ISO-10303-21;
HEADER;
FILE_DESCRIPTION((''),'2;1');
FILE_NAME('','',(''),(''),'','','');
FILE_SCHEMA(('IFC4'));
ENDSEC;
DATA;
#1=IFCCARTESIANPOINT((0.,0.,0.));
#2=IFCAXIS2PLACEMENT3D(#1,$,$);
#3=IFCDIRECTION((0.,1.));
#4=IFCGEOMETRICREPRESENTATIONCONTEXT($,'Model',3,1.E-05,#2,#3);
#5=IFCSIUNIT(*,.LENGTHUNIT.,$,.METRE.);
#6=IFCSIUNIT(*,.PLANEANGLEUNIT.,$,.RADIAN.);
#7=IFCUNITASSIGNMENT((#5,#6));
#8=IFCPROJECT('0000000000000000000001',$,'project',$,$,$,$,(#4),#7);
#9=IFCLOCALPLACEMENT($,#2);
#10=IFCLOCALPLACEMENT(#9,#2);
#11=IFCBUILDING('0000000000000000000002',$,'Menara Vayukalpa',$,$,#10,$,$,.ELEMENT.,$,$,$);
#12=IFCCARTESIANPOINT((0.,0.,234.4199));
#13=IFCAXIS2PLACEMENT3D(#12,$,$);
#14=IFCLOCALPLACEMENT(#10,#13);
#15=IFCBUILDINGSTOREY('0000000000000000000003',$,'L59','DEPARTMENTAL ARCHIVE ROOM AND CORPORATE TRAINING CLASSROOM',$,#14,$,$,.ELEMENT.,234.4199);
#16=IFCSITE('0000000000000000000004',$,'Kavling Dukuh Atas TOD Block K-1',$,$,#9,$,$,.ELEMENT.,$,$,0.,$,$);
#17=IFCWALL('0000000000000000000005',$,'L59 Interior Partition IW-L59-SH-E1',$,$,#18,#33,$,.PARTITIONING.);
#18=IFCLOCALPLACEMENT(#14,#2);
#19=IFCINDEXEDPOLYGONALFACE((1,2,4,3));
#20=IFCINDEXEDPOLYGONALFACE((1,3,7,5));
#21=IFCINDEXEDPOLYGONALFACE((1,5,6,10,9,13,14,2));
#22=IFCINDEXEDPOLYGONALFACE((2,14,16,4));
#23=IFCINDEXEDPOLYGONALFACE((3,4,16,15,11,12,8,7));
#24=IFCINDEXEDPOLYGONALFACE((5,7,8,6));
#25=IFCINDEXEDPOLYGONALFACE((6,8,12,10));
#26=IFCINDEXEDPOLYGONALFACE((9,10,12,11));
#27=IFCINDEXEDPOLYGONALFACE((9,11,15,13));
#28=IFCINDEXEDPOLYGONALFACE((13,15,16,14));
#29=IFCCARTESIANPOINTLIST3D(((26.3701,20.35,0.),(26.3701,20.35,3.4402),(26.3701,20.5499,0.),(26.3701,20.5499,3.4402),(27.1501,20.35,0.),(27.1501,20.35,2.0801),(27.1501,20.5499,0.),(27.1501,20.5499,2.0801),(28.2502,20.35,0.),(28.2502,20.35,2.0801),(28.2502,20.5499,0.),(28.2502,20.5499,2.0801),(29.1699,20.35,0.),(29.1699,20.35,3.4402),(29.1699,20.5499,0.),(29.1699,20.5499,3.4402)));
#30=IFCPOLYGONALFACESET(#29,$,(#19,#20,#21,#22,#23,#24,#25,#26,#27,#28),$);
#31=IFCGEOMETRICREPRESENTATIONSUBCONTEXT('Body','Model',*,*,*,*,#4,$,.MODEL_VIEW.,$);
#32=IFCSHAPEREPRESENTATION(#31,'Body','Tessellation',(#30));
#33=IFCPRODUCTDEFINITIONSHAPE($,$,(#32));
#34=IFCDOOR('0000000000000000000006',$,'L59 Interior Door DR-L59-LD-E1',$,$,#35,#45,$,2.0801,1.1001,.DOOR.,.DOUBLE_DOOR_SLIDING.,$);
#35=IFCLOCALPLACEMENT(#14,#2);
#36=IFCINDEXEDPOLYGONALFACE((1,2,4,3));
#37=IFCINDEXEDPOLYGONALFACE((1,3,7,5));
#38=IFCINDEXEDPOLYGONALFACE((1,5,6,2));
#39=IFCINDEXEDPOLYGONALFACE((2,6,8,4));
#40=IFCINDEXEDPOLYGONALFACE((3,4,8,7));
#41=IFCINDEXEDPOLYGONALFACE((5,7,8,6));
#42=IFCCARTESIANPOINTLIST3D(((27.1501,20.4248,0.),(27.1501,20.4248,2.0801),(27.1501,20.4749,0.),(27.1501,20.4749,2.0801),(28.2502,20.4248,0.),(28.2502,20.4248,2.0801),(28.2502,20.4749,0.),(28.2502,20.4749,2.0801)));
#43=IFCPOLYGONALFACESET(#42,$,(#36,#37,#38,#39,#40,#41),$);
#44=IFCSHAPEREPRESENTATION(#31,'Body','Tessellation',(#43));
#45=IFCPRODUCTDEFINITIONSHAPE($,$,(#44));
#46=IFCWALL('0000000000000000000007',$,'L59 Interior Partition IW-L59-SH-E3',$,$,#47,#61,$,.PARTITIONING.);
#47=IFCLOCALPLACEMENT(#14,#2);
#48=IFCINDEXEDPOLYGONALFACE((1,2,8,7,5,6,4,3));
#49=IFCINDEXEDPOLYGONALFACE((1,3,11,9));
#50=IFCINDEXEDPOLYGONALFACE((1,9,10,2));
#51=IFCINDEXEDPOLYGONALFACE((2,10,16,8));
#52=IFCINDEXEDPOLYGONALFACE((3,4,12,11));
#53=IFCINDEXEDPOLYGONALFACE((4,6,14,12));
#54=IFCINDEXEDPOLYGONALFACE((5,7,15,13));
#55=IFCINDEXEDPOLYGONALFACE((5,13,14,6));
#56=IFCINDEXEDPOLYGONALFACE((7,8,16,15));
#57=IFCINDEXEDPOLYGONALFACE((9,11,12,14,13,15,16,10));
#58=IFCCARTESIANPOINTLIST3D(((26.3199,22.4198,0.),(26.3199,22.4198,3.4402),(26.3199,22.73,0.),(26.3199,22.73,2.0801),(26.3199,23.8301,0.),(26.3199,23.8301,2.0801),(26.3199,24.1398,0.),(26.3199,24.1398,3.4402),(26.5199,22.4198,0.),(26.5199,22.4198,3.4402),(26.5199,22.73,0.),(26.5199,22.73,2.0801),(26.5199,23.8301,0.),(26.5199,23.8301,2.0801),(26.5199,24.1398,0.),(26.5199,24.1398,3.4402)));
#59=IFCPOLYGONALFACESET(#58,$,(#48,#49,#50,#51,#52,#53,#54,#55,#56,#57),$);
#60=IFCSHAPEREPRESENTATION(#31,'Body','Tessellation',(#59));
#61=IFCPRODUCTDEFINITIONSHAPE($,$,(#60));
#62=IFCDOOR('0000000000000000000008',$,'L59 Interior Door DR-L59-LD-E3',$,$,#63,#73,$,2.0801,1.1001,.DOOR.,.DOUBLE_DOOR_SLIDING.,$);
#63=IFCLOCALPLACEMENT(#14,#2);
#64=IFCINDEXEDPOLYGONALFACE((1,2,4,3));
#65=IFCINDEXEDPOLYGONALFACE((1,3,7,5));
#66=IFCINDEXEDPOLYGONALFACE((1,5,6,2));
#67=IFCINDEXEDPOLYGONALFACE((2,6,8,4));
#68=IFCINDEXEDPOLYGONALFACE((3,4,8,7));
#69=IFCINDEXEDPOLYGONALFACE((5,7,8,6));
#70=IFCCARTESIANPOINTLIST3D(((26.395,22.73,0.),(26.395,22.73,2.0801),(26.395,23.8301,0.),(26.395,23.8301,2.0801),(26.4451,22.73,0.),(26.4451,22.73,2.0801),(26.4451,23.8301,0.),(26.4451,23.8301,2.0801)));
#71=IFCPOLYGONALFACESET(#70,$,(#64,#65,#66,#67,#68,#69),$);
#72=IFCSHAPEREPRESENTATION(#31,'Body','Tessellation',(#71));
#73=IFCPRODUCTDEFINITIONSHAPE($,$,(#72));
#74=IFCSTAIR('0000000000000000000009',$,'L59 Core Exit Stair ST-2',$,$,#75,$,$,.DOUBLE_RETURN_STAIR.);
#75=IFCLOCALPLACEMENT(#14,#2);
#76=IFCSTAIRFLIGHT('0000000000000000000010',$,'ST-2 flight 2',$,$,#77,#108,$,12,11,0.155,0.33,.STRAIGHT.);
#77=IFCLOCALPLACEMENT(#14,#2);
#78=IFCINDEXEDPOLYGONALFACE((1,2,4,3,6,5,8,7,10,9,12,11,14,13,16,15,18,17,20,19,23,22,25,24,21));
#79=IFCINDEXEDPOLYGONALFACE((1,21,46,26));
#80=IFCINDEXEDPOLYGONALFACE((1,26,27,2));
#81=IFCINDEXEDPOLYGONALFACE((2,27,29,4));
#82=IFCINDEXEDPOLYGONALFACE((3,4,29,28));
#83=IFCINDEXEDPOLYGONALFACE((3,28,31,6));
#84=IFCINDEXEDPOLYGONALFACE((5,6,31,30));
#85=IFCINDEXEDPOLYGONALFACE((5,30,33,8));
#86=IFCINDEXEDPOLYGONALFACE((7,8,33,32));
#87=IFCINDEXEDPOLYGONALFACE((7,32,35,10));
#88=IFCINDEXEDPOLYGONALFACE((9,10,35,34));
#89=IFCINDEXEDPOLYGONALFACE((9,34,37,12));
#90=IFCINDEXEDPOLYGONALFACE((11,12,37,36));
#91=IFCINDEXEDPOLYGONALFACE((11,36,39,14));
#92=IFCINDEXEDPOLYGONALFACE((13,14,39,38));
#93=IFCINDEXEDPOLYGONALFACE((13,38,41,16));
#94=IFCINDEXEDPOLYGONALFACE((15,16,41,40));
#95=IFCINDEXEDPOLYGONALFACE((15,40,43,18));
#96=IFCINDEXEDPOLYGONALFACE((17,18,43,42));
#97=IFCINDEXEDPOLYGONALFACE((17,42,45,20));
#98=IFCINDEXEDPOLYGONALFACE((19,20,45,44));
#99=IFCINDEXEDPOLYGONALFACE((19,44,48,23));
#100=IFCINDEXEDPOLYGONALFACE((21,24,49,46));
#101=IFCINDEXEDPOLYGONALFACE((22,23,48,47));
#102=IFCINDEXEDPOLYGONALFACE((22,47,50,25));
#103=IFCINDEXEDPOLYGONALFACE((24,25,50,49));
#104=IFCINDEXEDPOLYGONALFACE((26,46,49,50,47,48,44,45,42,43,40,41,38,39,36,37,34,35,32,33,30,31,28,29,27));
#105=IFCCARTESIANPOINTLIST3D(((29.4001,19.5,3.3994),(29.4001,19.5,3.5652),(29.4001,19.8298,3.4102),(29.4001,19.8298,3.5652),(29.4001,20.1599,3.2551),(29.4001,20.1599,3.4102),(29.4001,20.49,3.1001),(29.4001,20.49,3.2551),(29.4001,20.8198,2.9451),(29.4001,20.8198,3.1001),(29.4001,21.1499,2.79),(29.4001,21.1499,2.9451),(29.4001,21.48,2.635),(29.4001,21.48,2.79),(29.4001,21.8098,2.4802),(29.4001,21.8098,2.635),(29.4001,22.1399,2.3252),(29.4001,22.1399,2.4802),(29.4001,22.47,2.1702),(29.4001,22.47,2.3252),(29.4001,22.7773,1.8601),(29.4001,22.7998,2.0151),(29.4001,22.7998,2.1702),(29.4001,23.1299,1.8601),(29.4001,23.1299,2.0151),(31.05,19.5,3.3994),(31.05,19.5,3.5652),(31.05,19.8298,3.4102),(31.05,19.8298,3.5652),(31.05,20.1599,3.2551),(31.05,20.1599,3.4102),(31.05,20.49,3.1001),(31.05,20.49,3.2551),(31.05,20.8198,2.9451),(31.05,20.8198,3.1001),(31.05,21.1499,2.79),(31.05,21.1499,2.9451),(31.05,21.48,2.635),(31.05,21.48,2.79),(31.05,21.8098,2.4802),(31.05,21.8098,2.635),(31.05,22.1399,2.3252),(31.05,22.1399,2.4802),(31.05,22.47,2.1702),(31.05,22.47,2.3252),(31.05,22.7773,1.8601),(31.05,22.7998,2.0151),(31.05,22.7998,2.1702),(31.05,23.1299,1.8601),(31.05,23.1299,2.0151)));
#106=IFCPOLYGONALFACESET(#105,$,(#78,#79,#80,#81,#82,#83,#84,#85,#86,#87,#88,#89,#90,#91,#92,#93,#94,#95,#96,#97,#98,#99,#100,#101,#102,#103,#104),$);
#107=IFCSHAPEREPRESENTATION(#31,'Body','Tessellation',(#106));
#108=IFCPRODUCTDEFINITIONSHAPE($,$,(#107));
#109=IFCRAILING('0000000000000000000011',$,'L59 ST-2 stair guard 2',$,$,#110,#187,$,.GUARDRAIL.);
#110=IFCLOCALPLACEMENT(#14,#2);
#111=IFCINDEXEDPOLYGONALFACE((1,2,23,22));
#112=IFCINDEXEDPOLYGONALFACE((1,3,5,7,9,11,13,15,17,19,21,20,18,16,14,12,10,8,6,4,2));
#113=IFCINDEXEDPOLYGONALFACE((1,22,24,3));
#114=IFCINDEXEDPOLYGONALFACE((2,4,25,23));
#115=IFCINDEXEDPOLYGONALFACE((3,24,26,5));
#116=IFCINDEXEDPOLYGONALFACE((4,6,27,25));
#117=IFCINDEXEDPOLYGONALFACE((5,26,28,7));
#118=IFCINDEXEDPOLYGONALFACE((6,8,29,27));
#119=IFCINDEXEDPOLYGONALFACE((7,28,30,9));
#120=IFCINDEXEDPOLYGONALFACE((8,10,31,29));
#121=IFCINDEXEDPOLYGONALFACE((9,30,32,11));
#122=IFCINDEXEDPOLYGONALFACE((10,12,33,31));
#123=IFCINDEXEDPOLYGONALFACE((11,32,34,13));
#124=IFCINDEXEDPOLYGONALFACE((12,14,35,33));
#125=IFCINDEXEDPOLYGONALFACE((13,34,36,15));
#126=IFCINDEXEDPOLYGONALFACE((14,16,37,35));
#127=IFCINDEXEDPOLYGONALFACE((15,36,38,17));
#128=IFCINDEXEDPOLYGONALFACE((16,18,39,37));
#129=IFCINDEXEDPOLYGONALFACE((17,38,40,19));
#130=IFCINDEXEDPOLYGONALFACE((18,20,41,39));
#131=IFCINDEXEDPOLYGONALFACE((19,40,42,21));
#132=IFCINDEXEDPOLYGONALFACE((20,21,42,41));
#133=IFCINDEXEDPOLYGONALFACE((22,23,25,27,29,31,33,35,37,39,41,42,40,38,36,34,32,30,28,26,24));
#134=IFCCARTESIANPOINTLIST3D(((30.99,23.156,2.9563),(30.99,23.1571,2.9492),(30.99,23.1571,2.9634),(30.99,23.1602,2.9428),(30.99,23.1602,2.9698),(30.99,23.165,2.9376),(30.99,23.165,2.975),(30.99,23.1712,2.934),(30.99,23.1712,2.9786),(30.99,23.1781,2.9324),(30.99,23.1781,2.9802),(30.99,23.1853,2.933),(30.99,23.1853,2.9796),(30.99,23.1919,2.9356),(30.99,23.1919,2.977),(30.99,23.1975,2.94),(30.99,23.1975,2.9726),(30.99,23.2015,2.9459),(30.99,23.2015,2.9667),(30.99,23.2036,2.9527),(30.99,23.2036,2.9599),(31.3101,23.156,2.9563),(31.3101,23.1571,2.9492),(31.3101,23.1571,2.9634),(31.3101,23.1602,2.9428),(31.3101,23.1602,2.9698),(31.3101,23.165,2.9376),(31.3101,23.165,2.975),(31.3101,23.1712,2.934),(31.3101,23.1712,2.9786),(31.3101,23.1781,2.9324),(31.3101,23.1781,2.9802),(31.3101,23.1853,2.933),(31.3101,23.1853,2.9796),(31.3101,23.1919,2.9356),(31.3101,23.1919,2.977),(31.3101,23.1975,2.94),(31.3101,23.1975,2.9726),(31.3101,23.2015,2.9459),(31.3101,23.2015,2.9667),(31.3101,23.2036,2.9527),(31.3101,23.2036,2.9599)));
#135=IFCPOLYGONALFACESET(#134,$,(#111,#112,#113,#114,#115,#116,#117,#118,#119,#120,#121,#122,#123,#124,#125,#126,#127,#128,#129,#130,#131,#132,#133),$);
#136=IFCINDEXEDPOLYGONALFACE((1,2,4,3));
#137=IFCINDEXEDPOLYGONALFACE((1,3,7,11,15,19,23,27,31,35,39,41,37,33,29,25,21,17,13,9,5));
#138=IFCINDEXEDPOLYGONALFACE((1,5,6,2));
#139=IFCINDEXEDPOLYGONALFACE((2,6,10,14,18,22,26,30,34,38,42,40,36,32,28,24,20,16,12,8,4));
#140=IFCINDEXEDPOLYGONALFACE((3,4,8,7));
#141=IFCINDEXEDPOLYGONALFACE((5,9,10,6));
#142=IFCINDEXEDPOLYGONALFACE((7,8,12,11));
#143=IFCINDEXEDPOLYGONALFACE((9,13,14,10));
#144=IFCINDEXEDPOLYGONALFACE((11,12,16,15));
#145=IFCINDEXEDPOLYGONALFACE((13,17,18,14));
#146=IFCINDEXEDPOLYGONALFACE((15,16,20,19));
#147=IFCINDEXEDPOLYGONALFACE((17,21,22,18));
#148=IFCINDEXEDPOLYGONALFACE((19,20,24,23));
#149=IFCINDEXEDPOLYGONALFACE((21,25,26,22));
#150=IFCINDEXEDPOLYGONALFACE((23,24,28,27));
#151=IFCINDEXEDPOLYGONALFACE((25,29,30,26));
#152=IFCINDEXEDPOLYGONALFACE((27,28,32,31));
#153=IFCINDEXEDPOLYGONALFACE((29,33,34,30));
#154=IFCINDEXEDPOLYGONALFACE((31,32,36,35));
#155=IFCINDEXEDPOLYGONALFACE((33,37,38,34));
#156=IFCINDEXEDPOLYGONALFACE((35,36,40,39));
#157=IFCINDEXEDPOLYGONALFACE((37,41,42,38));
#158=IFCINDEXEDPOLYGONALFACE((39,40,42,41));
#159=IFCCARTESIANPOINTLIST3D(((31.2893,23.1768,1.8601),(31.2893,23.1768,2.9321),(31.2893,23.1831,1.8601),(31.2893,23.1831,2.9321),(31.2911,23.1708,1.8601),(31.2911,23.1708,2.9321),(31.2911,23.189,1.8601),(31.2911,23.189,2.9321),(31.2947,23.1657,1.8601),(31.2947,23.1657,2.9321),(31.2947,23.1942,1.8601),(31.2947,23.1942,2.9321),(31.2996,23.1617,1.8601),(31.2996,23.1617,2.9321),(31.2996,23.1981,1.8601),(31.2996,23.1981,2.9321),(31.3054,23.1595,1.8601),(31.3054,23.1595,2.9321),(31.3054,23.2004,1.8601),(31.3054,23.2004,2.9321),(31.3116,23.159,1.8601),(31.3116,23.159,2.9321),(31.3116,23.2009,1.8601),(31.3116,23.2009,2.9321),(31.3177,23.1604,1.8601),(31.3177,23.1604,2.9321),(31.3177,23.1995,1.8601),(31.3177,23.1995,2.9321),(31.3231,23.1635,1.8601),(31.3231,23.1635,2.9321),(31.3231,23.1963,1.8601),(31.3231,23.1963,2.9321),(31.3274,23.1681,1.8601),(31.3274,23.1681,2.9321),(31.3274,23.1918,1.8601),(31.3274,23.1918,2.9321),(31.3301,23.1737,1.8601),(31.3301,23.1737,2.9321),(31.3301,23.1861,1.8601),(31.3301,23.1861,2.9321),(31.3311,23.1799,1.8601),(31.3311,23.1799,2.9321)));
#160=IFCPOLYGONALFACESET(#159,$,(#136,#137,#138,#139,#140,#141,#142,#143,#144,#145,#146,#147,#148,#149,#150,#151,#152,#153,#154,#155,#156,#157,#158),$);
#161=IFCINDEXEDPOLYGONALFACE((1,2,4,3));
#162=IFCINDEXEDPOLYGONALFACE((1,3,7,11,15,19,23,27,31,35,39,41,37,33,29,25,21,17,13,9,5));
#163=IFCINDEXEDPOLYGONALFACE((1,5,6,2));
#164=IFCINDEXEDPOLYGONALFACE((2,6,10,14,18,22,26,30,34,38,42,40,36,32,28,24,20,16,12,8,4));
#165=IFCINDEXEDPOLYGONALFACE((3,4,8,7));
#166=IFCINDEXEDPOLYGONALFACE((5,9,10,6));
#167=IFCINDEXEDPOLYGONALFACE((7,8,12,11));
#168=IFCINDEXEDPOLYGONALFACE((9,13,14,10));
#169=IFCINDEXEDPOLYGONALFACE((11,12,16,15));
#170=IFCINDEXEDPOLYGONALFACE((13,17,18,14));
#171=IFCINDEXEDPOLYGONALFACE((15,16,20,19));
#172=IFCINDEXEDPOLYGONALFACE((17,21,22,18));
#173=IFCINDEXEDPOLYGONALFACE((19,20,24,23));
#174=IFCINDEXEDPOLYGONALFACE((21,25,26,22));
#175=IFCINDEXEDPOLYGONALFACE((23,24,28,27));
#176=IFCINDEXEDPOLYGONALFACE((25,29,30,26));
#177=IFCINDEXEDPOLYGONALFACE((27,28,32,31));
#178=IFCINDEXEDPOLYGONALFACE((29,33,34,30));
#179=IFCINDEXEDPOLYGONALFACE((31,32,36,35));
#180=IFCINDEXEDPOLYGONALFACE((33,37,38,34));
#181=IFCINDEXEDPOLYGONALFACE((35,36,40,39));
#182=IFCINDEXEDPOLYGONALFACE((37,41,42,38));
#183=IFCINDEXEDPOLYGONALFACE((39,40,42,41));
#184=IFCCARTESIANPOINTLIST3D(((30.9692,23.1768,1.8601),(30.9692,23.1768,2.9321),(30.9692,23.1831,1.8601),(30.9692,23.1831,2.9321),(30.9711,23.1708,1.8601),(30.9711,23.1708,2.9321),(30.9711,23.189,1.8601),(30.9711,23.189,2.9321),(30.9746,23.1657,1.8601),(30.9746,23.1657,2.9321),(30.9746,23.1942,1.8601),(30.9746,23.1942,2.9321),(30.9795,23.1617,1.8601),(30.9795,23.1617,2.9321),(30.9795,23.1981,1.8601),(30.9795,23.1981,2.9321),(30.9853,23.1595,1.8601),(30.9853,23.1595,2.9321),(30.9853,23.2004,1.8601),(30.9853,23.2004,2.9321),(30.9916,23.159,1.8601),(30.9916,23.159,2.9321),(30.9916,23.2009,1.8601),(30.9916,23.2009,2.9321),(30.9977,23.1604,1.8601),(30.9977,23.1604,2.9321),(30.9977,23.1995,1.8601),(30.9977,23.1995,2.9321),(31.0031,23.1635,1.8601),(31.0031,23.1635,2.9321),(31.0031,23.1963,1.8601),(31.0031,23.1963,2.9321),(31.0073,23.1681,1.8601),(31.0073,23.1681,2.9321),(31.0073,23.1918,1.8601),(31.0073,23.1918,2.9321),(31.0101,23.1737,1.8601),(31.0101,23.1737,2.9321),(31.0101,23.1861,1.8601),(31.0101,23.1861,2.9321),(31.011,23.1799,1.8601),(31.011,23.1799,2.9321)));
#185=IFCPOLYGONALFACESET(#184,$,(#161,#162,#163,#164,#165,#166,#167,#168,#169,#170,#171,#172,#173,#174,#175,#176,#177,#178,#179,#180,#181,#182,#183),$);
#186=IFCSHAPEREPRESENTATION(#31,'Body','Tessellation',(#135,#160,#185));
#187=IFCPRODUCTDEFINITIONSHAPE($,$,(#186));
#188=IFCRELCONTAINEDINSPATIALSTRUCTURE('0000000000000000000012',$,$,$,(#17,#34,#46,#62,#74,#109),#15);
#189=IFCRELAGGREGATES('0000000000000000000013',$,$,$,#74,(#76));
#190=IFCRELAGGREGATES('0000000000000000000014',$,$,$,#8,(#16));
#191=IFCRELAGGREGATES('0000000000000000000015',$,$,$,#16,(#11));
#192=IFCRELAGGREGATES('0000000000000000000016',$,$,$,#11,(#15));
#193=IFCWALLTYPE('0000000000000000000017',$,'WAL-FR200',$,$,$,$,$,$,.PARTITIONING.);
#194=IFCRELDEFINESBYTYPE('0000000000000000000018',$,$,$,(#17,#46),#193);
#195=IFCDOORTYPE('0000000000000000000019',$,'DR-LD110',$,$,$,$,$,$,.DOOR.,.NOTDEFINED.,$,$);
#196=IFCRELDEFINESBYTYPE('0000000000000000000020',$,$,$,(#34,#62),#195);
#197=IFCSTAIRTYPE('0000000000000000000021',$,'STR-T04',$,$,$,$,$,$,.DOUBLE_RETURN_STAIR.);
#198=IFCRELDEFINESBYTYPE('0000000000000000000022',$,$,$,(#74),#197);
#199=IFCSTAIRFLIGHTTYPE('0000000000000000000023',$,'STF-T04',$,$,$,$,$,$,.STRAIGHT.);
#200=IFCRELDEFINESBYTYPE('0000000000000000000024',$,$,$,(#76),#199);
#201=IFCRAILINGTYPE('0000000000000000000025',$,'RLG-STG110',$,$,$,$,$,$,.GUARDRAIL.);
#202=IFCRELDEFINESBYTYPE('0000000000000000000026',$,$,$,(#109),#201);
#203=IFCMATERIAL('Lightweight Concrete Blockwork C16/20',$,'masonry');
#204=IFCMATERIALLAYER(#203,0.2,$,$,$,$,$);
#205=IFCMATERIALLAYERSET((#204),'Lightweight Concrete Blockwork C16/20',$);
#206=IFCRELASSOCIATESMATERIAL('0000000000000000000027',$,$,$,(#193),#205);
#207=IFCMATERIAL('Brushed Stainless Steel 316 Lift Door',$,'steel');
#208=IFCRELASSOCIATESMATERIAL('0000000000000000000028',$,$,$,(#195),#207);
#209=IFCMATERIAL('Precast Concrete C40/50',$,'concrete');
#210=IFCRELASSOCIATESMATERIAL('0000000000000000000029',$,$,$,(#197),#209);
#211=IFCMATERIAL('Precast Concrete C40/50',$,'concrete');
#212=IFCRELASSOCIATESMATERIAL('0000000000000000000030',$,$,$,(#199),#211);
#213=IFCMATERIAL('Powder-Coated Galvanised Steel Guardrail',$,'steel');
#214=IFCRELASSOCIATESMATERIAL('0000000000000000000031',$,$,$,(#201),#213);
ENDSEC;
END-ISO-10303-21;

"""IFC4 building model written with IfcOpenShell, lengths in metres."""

from ifc_helpers import new_model, si_unit, direction, frame, frame_2d, origin, origin_2d, place, context, subcontext, project, spatial, polyline, rectangle, circle, outline, extrude, material, layer, layer_set, type_object, element, fill, aggregate, save


model = new_model("IFC4")

# Units and contexts
model_context = context("Model", 3, precision=1e-05, world=origin(), true_north=direction((0.0, 1.0)))
body_context = subcontext(model_context, "Body", "Model", "MODEL_VIEW")
ifc_project = project(units=[si_unit("LENGTHUNIT", "METRE"), si_unit("PLANEANGLEUNIT", "RADIAN")], contexts=[model_context])

# Site, building, storey
site_placement = place(None, origin())
site = spatial("IfcSite", under=ifc_project, at=site_placement, Name="Kavling Dukuh Atas TOD Block K-1", CompositionType="ELEMENT", RefElevation=0.0)
building_placement = place(site_placement, origin())
building = spatial("IfcBuilding", under=site, at=building_placement, Name="Menara Vayukalpa", CompositionType="ELEMENT")
storey_placement = place(building_placement, frame((0.0, 0.0, 234.4199)))
storey = spatial("IfcBuildingStorey", under=building, at=storey_placement, Name="L59", Description="DEPARTMENTAL ARCHIVE ROOM AND CORPORATE TRAINING CLASSROOM", CompositionType="ELEMENT", Elevation=234.4199)

# Walls, openings, doors
ifc_material_1 = material(Name="Lightweight Concrete Blockwork C16/20", Category="masonry")
ifc_layer_1 = layer(ifc_material_1, 0.2)
ifc_layer_set_1 = layer_set([ifc_layer_1], Name="Lightweight Concrete Blockwork C16/20")
wall_type_1 = type_object("IfcWallType", Name="WAL-FR200", PredefinedType="PARTITIONING", material=ifc_layer_set_1)
wall_1_placement = place(storey_placement, frame((26.3701, 20.45, 0.0), z_axis=(0.0, 0.0, 1.0), x_axis=(1.0, 0.0, 0.0)))
wall_1 = element("IfcWall", 1, at=wall_1_placement, inside=storey, type_object=wall_type_1, Name="L59 Interior Partition IW-L59-SH-E1", PredefinedType="PARTITIONING", context=body_context, shape_type="SweptSolid", body=[
    extrude(rectangle(XDim=2.7998, YDim=0.2, at=frame_2d((1.3999, 0.0))), origin(), (0.0, 0.0, 1.0), 3.4402),
])
opening_1_placement = place(wall_1_placement, frame((0.78, 0.0, 0.0)))
opening_1 = element("IfcOpeningElement", 2, at=opening_1_placement, cuts=wall_1, PredefinedType="OPENING", context=body_context, shape_type="SweptSolid", body=[
    extrude(rectangle(XDim=1.1001, YDim=2.0801, at=frame_2d((0.55, 1.04))), frame((0.0, 0.1099, 0.0), z_axis=(0.0, -1.0, 0.0), x_axis=(1.0, 0.0, 0.0)), (0.0, 0.0, 1.0), 0.22),
])
ifc_material_2 = material(Name="Brushed Stainless Steel 316 Lift Door", Category="steel")
door_type_1 = type_object("IfcDoorType", Name="DR-LD110", OperationType="NOTDEFINED", PredefinedType="DOOR", material=ifc_material_2)
door_1_placement = place(opening_1_placement, origin())
door_1 = element("IfcDoor", 3, at=door_1_placement, inside=storey, type_object=door_type_1, Name="L59 Interior Door DR-L59-LD-E1", OperationType="DOUBLE_DOOR_SLIDING", OverallHeight=2.0801, OverallWidth=1.1001, PredefinedType="DOOR", context=body_context, shape_type="SweptSolid", body=[
    extrude(rectangle(XDim=1.1001, YDim=2.0801, at=frame_2d((0.55, 1.04))), frame((0.0, 0.0249, 0.0), z_axis=(0.0, -1.0, 0.0), x_axis=(1.0, 0.0, 0.0)), (0.0, 0.0, 1.0), 0.05),
])
fill(opening_1, door_1)
wall_2_placement = place(storey_placement, frame((26.4199, 22.4199, 0.0), z_axis=(0.0, 0.0, 1.0), x_axis=(0.0, 1.0, 0.0)))
wall_2 = element("IfcWall", 4, at=wall_2_placement, inside=storey, type_object=wall_type_1, Name="L59 Interior Partition IW-L59-SH-E3", PredefinedType="PARTITIONING", context=body_context, shape_type="SweptSolid", body=[
    extrude(rectangle(XDim=1.72, YDim=0.2, at=frame_2d((0.8599, 0.0))), origin(), (0.0, 0.0, 1.0), 3.4402),
])
opening_2_placement = place(wall_2_placement, frame((0.3101, 0.0, 0.0)))
opening_2 = element("IfcOpeningElement", 5, at=opening_2_placement, cuts=wall_2, PredefinedType="OPENING", context=body_context, shape_type="SweptSolid", body=[
    extrude(rectangle(XDim=1.1001, YDim=2.0801, at=frame_2d((0.55, 1.04))), frame((0.0, 0.1099, 0.0), z_axis=(0.0, -1.0, 0.0), x_axis=(1.0, 0.0, 0.0)), (0.0, 0.0, 1.0), 0.22),
])
door_2_placement = place(opening_2_placement, origin())
door_2 = element("IfcDoor", 6, at=door_2_placement, inside=storey, type_object=door_type_1, Name="L59 Interior Door DR-L59-LD-E3", OperationType="DOUBLE_DOOR_SLIDING", OverallHeight=2.0801, OverallWidth=1.1001, PredefinedType="DOOR", context=body_context, shape_type="SweptSolid", body=[
    extrude(rectangle(XDim=1.1001, YDim=2.0801, at=frame_2d((0.55, 1.04))), frame((0.0, 0.0249, 0.0), z_axis=(0.0, -1.0, 0.0), x_axis=(1.0, 0.0, 0.0)), (0.0, 0.0, 1.0), 0.05),
])
fill(opening_2, door_2)

# Stair, stair flight
ifc_material_3 = material(Name="Precast Concrete C40/50", Category="concrete")
stair_type = type_object("IfcStairType", Name="STR-T04", PredefinedType="DOUBLE_RETURN_STAIR", material=ifc_material_3)
stair_placement = place(storey_placement, origin())
stair = element("IfcStair", 7, at=stair_placement, inside=storey, type_object=stair_type, Name="L59 Core Exit Stair ST-2", PredefinedType="DOUBLE_RETURN_STAIR")
ifc_material_4 = material(Name="Precast Concrete C40/50", Category="concrete")
stair_flight_type = type_object("IfcStairFlightType", Name="STF-T04", PredefinedType="STRAIGHT", material=ifc_material_4)
stair_flight_placement = place(storey_placement, frame((30.2251, 23.1299, 1.8601), z_axis=(0.0, 0.0, 1.0), x_axis=(0.0, -1.0, 0.0)))
stair_flight = element("IfcStairFlight", 8, at=stair_flight_placement, type_object=stair_flight_type, Name="ST-2 flight 2", NumberOfRisers=12, NumberOfTreads=11, PredefinedType="STRAIGHT", RiserHeight=0.155, TreadLength=0.33, context=body_context, shape_type="SweptSolid", body=[
    extrude(outline(polyline([(0.0, 0.0), (0.0, 0.155), (0.3301, 0.155), (0.3301, 0.3101), (0.6599, 0.3101), (0.6599, 0.4651), (0.99, 0.4651), (0.99, 0.6201), (1.3201, 0.6201), (1.3201, 0.7749), (1.6499, 0.7749), (1.6499, 0.9299), (1.98, 0.9299), (1.98, 1.085), (2.3101, 1.085), (2.3101, 1.24), (2.6399, 1.24), (2.6399, 1.395), (2.97, 1.395), (2.97, 1.55), (3.3, 1.55), (3.3, 1.7051), (3.6299, 1.7051), (3.6299, 1.8601), (3.6299, 1.5393), (0.3525, 0.0), (0.0, 0.0)])), frame((0.0, 0.825, 0.0), z_axis=(0.0, -1.0, 0.0), x_axis=(1.0, 0.0, 0.0)), (0.0, 0.0, 1.0), 1.6499),
])
aggregate(stair, [stair_flight])

# Railing
ifc_material_5 = material(Name="Powder-Coated Galvanised Steel Guardrail", Category="steel")
railing_type_1 = type_object("IfcRailingType", Name="RLG-STG110", PredefinedType="GUARDRAIL", material=ifc_material_5)
railing_1_placement = place(storey_placement, frame((31.3101, 23.1799, 1.8601)))
element("IfcRailing", 9, at=railing_1_placement, inside=storey, type_object=railing_type_1, Name="L59 ST-2 stair guard 2", PredefinedType="GUARDRAIL", context=body_context, shape_type="SweptSolid", body=[
    extrude(circle(Radius=0.0239, at=origin_2d()), frame((0.0, 0.0, 1.0962), z_axis=(-1.0, 0.0, 0.0), x_axis=(0.0, -1.0, 0.0)), (0.0, 0.0, 1.0), 0.3201),
    extrude(circle(Radius=0.021, at=origin_2d()), origin(), (0.0, 0.0, 1.0), 1.072),
    extrude(circle(Radius=0.021, at=origin_2d()), frame((-0.3201, 0.0, 0.0)), (0.0, 0.0, 1.0), 1.072),
])

save(model, "model.ifc")
